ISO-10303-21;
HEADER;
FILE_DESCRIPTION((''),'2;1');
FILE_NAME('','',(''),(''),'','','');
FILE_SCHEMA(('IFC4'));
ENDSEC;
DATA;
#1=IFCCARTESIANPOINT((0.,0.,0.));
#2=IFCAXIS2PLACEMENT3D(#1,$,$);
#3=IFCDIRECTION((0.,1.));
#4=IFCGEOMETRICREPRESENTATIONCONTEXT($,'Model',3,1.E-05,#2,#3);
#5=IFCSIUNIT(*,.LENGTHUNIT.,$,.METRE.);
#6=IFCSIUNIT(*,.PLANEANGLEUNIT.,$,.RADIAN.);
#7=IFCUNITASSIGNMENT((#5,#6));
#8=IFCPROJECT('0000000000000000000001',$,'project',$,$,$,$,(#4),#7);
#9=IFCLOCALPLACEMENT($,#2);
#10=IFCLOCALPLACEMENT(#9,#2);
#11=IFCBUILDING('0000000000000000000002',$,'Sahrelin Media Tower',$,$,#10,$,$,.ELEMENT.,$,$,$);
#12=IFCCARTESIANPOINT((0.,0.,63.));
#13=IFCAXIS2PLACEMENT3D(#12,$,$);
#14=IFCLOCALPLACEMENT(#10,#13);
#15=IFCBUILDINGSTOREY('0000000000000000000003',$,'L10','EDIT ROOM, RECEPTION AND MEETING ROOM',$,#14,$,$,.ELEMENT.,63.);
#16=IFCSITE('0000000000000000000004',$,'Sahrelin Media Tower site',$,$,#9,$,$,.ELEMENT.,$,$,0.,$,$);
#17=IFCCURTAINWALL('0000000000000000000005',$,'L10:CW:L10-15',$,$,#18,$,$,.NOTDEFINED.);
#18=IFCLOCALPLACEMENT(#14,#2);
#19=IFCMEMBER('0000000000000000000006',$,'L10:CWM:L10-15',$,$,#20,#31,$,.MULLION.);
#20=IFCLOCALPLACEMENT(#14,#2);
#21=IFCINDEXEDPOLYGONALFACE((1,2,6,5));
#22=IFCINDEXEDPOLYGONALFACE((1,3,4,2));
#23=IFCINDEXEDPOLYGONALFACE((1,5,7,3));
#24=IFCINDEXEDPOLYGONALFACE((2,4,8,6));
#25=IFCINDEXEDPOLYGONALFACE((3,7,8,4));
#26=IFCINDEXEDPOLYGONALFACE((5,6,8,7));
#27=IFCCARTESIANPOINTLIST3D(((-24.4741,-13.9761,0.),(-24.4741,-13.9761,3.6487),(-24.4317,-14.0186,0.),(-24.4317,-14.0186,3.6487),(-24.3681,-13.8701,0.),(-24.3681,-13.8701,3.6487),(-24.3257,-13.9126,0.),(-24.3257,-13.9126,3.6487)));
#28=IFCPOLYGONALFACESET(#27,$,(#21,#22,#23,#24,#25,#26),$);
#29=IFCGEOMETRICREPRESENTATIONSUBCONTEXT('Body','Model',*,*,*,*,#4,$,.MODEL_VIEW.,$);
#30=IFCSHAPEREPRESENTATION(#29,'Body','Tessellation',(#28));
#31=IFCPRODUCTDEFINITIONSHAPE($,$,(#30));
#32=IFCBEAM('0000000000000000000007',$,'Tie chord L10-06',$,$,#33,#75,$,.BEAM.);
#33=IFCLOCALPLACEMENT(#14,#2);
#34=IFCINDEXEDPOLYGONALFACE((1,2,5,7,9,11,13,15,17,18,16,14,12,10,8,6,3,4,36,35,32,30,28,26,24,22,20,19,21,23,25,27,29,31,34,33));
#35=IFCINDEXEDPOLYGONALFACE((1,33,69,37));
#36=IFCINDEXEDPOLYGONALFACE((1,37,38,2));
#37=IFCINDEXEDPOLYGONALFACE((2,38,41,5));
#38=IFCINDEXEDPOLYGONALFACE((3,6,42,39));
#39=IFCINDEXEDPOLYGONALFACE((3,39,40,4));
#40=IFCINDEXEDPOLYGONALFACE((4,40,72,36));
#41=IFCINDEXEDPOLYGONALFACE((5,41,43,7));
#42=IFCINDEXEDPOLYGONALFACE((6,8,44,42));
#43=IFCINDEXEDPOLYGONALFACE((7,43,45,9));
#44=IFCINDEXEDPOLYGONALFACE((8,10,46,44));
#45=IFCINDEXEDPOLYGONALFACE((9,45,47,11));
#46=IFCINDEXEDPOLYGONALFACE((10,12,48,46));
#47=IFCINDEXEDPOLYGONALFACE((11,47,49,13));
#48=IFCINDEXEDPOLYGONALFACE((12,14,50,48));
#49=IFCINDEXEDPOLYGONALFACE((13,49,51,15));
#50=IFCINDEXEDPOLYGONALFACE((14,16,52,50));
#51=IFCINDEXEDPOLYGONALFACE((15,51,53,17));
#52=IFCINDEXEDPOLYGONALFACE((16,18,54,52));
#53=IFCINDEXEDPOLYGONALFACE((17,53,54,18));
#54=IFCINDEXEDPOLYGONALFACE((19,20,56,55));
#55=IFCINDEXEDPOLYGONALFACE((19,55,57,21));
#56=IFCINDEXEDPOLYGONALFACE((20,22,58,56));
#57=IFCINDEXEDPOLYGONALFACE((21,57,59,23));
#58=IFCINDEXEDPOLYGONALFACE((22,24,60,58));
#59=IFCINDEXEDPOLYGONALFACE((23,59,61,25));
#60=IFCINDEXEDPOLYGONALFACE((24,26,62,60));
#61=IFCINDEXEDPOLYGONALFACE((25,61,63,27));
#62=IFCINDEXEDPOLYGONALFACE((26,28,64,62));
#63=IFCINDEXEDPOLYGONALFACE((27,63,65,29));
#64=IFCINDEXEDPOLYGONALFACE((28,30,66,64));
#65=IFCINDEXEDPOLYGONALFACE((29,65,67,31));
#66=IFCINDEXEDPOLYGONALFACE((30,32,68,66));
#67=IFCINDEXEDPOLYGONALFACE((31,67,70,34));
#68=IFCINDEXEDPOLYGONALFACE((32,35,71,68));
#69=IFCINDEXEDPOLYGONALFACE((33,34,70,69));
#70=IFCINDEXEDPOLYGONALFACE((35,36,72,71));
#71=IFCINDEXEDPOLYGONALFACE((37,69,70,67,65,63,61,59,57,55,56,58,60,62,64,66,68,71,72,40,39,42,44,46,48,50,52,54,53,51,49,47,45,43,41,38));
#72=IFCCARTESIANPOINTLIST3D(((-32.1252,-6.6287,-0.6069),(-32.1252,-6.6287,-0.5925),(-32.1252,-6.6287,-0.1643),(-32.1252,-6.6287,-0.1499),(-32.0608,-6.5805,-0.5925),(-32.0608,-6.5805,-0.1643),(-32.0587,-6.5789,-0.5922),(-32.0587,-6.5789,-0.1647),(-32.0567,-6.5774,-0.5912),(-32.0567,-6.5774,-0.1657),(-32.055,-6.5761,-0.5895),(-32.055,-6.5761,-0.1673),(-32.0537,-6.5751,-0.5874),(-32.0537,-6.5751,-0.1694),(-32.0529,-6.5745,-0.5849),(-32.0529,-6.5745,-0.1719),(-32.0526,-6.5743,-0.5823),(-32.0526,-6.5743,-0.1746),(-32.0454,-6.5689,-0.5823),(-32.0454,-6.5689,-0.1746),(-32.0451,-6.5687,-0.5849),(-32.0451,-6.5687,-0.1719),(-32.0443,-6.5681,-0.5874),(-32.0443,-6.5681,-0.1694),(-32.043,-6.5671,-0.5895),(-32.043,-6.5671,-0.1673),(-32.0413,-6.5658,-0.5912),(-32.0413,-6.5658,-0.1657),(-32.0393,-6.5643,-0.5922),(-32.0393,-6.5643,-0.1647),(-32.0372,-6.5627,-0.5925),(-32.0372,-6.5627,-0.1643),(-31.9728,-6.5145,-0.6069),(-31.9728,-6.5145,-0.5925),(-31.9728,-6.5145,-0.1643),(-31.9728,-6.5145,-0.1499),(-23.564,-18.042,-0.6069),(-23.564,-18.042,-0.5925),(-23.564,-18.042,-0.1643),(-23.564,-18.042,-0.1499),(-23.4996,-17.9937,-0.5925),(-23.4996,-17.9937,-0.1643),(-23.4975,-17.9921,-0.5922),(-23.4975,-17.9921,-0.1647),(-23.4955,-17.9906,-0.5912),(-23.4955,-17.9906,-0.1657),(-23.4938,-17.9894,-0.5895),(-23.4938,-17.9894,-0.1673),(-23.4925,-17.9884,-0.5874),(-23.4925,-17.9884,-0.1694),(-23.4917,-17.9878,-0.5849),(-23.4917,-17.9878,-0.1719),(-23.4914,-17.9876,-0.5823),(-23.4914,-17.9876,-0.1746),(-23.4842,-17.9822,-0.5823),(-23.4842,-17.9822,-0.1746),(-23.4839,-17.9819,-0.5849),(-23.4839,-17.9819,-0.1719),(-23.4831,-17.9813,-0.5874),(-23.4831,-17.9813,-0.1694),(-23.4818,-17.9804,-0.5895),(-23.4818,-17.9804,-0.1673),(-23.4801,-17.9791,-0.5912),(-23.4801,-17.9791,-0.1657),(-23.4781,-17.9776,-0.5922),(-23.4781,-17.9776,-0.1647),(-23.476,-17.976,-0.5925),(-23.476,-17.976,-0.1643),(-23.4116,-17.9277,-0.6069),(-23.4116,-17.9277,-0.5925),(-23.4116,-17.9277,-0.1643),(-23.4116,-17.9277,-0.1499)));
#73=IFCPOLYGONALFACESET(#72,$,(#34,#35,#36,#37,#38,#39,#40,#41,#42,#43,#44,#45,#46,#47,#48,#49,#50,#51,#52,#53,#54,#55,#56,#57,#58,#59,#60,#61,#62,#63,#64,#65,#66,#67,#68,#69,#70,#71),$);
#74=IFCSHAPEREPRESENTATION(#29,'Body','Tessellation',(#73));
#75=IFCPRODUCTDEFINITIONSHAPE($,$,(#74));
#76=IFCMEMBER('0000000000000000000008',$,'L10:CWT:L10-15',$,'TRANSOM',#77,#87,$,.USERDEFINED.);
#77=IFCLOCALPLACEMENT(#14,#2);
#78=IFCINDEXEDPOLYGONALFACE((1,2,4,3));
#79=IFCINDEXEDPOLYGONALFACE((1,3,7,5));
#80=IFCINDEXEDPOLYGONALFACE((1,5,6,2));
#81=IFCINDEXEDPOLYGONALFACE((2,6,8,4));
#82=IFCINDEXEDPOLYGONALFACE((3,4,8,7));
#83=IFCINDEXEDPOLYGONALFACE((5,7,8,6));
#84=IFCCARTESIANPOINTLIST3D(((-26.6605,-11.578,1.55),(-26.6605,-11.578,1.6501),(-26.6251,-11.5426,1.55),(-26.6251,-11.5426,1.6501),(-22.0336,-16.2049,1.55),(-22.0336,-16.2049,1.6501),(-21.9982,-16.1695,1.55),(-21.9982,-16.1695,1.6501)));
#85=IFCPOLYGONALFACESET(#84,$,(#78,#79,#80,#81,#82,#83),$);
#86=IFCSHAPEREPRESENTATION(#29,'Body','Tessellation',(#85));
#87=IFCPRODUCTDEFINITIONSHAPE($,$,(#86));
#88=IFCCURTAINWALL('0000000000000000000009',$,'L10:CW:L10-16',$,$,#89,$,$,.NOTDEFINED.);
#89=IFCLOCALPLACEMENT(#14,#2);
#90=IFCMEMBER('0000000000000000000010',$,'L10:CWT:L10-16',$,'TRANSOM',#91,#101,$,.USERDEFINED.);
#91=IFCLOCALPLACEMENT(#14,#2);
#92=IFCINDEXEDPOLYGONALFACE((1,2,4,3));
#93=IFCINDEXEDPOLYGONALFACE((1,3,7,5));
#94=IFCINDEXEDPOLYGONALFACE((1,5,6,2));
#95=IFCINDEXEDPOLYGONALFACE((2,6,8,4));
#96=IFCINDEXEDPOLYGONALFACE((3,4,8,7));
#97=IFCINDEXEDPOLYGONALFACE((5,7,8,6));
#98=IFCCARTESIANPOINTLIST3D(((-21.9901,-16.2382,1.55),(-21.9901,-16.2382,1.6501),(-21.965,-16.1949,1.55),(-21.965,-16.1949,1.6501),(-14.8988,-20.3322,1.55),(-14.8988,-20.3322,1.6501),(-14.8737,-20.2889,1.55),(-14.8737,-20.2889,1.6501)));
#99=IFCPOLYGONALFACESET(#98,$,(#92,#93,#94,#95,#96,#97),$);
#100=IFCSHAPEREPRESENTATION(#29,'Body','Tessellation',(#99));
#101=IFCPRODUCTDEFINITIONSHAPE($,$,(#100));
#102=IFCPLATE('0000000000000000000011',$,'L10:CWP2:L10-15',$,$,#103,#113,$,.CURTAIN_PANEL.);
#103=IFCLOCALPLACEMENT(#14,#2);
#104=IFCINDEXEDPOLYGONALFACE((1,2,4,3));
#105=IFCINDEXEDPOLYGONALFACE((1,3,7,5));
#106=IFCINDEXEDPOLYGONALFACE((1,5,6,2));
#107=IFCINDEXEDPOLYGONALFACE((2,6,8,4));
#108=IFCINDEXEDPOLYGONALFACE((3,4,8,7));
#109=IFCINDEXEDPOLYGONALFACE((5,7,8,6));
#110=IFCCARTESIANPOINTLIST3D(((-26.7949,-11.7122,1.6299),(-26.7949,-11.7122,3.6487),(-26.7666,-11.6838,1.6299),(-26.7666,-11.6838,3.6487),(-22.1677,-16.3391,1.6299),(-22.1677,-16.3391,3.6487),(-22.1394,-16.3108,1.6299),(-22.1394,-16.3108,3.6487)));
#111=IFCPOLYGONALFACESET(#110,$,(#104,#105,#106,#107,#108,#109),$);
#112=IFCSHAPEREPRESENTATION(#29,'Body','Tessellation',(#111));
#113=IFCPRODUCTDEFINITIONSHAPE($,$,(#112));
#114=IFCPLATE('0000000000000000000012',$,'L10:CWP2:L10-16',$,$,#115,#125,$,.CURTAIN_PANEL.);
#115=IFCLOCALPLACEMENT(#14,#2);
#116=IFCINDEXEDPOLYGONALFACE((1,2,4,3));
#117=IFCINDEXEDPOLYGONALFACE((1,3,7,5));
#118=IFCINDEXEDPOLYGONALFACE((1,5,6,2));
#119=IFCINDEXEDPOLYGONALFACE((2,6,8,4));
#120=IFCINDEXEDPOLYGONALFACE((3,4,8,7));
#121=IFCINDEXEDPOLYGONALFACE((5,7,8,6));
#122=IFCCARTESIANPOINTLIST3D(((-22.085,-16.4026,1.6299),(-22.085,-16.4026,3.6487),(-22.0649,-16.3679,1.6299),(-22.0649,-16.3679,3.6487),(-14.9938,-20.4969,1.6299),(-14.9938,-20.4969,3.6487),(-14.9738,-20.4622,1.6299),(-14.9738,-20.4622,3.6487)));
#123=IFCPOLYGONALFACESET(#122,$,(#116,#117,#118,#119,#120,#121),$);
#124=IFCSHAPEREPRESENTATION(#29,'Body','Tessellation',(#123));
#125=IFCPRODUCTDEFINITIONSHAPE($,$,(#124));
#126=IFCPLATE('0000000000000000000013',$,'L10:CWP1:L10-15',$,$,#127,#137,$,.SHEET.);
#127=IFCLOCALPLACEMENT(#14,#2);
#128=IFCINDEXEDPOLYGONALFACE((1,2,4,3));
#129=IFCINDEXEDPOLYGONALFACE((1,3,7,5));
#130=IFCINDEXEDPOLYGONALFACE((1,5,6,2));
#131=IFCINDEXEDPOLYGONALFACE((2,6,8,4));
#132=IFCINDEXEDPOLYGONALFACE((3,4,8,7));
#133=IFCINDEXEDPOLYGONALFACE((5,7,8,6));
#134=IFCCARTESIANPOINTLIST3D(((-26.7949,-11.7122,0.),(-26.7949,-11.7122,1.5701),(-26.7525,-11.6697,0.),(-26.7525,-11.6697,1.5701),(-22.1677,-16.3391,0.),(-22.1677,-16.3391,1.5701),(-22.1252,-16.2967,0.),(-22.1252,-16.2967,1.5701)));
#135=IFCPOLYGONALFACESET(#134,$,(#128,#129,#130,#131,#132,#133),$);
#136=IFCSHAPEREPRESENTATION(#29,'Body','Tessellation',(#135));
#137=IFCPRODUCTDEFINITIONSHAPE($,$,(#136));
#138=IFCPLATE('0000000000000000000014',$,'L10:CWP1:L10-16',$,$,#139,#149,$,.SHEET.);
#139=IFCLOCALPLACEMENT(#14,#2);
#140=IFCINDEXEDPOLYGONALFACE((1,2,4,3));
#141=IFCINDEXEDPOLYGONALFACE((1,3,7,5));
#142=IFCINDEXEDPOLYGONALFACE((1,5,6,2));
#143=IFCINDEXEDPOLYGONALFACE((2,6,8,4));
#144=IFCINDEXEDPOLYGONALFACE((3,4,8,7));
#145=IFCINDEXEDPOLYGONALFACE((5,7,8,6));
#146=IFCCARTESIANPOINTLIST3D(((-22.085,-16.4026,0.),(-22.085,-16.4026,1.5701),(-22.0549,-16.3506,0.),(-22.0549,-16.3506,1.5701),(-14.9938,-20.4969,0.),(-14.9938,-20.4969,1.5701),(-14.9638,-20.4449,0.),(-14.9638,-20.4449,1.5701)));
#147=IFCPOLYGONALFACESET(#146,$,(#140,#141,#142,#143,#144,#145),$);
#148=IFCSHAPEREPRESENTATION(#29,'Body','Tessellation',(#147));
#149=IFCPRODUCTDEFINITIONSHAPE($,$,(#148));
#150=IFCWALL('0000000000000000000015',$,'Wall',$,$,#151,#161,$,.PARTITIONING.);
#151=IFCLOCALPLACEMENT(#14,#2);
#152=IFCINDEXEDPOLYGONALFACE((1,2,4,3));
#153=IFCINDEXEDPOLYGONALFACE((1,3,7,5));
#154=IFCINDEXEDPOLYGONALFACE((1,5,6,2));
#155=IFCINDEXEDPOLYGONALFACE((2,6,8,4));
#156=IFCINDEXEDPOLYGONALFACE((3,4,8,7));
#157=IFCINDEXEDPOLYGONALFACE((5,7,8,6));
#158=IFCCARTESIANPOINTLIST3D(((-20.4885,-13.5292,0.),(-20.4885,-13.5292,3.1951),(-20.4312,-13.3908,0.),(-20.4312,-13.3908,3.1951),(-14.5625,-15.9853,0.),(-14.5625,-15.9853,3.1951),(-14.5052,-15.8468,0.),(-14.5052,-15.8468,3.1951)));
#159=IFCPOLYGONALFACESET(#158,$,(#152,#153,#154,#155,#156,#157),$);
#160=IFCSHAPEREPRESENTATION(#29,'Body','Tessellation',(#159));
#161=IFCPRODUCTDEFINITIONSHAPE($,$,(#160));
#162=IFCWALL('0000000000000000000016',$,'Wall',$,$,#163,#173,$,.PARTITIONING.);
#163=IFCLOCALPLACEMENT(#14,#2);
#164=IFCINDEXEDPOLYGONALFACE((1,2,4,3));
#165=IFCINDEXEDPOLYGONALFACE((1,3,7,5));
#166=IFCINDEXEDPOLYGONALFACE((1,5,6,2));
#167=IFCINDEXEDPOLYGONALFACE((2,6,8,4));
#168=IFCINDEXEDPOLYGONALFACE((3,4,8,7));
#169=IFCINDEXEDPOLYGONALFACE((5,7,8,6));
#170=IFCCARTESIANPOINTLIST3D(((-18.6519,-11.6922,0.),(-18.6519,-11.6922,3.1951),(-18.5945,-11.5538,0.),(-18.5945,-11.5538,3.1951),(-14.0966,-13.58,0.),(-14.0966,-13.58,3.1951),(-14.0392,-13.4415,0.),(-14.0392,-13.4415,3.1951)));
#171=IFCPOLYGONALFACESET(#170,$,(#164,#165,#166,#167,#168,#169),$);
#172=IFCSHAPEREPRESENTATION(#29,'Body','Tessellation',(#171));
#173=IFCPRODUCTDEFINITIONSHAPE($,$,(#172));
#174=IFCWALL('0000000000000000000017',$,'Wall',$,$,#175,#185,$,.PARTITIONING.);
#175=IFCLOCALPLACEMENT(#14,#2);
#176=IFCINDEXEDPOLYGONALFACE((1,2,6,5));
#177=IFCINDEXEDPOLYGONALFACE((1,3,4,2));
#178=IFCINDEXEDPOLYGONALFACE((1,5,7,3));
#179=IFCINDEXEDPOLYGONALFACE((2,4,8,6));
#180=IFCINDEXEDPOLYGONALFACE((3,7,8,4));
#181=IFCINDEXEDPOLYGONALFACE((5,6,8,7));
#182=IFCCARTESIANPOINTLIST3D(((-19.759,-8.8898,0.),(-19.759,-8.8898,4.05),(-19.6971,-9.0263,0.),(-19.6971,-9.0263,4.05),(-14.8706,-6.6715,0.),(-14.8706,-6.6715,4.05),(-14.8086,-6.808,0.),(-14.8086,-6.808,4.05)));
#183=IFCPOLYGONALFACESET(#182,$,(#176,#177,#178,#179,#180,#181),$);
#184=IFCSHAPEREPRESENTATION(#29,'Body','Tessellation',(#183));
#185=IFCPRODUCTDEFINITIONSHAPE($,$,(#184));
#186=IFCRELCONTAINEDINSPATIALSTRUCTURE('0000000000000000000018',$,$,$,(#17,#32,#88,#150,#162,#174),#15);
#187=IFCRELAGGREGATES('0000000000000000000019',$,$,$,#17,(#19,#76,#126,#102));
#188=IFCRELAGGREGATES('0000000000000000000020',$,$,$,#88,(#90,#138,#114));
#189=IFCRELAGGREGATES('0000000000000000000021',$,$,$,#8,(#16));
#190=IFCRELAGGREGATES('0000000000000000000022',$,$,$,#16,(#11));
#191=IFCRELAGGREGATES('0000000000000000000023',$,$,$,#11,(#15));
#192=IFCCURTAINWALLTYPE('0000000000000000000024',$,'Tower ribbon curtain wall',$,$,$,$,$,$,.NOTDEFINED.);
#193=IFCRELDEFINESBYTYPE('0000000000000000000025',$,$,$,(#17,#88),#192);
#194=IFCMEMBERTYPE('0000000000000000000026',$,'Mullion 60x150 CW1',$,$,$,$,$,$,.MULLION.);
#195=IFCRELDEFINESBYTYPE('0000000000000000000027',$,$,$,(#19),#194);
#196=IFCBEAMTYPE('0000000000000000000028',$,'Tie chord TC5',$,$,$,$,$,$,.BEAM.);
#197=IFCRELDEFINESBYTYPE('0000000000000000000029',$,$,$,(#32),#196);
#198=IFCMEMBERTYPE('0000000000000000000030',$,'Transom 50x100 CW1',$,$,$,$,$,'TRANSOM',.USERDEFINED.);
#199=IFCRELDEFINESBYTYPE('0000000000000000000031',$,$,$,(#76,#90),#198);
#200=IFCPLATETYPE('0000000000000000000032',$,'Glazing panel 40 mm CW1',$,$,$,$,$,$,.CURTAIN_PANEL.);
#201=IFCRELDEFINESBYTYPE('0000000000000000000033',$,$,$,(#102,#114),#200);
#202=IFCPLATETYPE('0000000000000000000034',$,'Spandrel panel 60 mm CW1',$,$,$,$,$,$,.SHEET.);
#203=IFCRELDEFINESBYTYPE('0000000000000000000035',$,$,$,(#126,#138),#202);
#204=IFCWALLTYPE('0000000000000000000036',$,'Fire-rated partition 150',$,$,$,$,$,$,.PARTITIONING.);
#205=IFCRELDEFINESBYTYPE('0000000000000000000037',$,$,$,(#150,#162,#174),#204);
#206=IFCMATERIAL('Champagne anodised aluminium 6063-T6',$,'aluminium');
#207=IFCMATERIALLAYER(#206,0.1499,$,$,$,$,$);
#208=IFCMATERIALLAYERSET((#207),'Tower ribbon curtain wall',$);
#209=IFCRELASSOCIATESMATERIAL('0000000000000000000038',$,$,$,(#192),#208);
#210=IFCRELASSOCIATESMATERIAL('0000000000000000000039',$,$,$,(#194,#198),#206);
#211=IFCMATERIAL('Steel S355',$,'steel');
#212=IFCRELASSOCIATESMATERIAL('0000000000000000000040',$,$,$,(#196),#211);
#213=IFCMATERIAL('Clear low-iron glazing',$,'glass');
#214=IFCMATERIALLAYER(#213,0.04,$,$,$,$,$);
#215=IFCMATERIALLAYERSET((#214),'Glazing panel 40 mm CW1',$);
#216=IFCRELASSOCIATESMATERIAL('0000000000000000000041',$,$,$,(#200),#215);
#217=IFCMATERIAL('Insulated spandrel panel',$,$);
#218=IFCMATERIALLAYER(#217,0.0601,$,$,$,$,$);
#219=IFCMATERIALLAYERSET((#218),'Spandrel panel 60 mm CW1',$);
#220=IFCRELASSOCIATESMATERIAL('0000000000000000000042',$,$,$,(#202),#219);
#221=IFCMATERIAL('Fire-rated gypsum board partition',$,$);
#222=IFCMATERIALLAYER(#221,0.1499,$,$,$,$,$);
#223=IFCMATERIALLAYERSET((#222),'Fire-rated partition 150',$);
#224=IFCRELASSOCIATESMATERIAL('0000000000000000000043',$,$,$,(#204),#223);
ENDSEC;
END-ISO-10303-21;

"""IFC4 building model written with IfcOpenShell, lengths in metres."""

from ifc_helpers import new_model, si_unit, direction, frame, frame_2d, origin, origin_2d, place, context, subcontext, project, spatial, polyline, rectangle, i_section, outline, extrude, material, layer, layer_set, material_profile, profile_set, type_object, element, aggregate, save


model = new_model("IFC4")

# Units and contexts
model_context = context("Model", 3, precision=1e-05, world=origin(), true_north=direction((0.0, 1.0)))
body_context = subcontext(model_context, "Body", "Model", "MODEL_VIEW")
ifc_project = project(units=[si_unit("LENGTHUNIT", "METRE"), si_unit("PLANEANGLEUNIT", "RADIAN")], contexts=[model_context])

# Site, building, storey
site_placement = place(None, origin())
site = spatial("IfcSite", under=ifc_project, at=site_placement, Name="Sahrelin Media Tower site", CompositionType="ELEMENT", RefElevation=0.0)
building_placement = place(site_placement, origin())
building = spatial("IfcBuilding", under=site, at=building_placement, Name="Sahrelin Media Tower", CompositionType="ELEMENT")
storey_placement = place(building_placement, frame((0.0, 0.0, 63.0)))
storey = spatial("IfcBuildingStorey", under=building, at=storey_placement, Name="L10", Description="EDIT ROOM, RECEPTION AND MEETING ROOM", CompositionType="ELEMENT", Elevation=63.0)

# Shared definitions
ifc_material_1 = material(Name="Steel S355", Category="steel")

# Curtain wall, member
ifc_material_2 = material(Name="Champagne anodised aluminium 6063-T6", Category="aluminium")
ifc_layer_1 = layer(ifc_material_2, 0.1499)
ifc_layer_set_1 = layer_set([ifc_layer_1], Name="Tower ribbon curtain wall")
curtain_wall_type = type_object("IfcCurtainWallType", Name="Tower ribbon curtain wall", PredefinedType="NOTDEFINED", material=ifc_layer_set_1)
ifc_material_profile_1 = material_profile(ifc_material_2, rectangle(XDim=0.0601, YDim=0.1499, at=origin_2d()), Name="Mullion 60x150")
ifc_profile_set_1 = profile_set([ifc_material_profile_1], Name="Champagne anodised aluminium 6063-T6")
member_type_1 = type_object("IfcMemberType", Name="Mullion 60x150 CW1", PredefinedType="MULLION", material=ifc_profile_set_1)
curtain_wall_1_placement = place(storey_placement, frame((-24.4673, -14.0115, 0.0), z_axis=(0.0, 0.0, 1.0), x_axis=(1.0, 0.0, 0.0)))
curtain_wall_1 = element("IfcCurtainWall", 1, at=curtain_wall_1_placement, inside=storey, type_object=curtain_wall_type, Name="L10:CW:L10-15", PredefinedType="NOTDEFINED")
member_1_placement = place(storey_placement, frame((-24.3999, -13.9443, 0.0), z_axis=(0.0, 0.0, 1.0), x_axis=(0.707107, -0.707107, 0.0)))
member_1 = element("IfcMember", 2, at=member_1_placement, type_object=member_type_1, Name="L10:CWM:L10-15", PredefinedType="MULLION", context=body_context, shape_type="SweptSolid", body=[
    extrude(rectangle(XDim=0.0601, YDim=0.1499, at=origin_2d()), origin(), (0.0, 0.0, 1.0), 3.6487),
])

# Beam
ifc_material_profile_2 = material_profile(ifc_material_1, i_section(OverallWidth=0.1904, OverallDepth=0.457, WebThickness=0.009, FlangeThickness=0.0144, FilletRadius=0.0103, at=origin_2d()), Name="UB 457x191x74")
ifc_profile_set_2 = profile_set([ifc_material_profile_2], Name="Steel S355")
beam_type_1 = type_object("IfcBeamType", Name="Tie chord TC5", PredefinedType="BEAM", material=ifc_profile_set_2)
beam_1_placement = place(storey_placement, frame((-23.4878, -17.9849, -0.3784), z_axis=(-0.600057, 0.799957, 0.0), x_axis=(-0.799957, -0.600057, 0.0)))
element("IfcBeam", 3, at=beam_1_placement, inside=storey, type_object=beam_type_1, Name="Tie chord L10-06", PredefinedType="BEAM", context=body_context, shape_type="SweptSolid", body=[
    extrude(i_section(OverallWidth=0.1904, OverallDepth=0.457, WebThickness=0.009, FlangeThickness=0.0144, FilletRadius=0.0103, at=origin_2d()), origin(), (0.0, 0.0, 1.0), 14.2673),
])

# Member
ifc_material_profile_3 = material_profile(ifc_material_2, rectangle(XDim=0.05, YDim=0.1001, at=origin_2d()), Name="Transom 50x100")
ifc_profile_set_3 = profile_set([ifc_material_profile_3], Name="Champagne anodised aluminium 6063-T6")
member_type_2 = type_object("IfcMemberType", Name="Transom 50x100 CW1", ElementType="TRANSOM", PredefinedType="USERDEFINED", material=ifc_profile_set_3)
member_2_placement = place(storey_placement, frame((-26.6428, -11.5603, 1.6001), z_axis=(0.707107, -0.707107, 0.0), x_axis=(0.707107, 0.707107, 0.0)))
member_2 = element("IfcMember", 4, at=member_2_placement, type_object=member_type_2, Name="L10:CWT:L10-15", ObjectType="TRANSOM", PredefinedType="USERDEFINED", context=body_context, shape_type="SweptSolid", body=[
    extrude(rectangle(XDim=0.05, YDim=0.1001, at=origin_2d()), origin(), (0.0, 0.0, 1.0), 6.5435),
])

# Curtain wall, member
curtain_wall_2_placement = place(storey_placement, frame((-18.5293, -18.4324, 0.0), z_axis=(0.0, 0.0, 1.0), x_axis=(1.0, 0.0, 0.0)))
curtain_wall_2 = element("IfcCurtainWall", 5, at=curtain_wall_2_placement, inside=storey, type_object=curtain_wall_type, Name="L10:CW:L10-16", PredefinedType="NOTDEFINED")
member_3_placement = place(storey_placement, frame((-21.9775, -16.2166, 1.6001), z_axis=(0.866035, -0.499984, 0.0), x_axis=(0.499984, 0.866035, 0.0)))
member_3 = element("IfcMember", 6, at=member_3_placement, type_object=member_type_2, Name="L10:CWT:L10-16", ObjectType="TRANSOM", PredefinedType="USERDEFINED", context=body_context, shape_type="SweptSolid", body=[
    extrude(rectangle(XDim=0.05, YDim=0.1001, at=origin_2d()), origin(), (0.0, 0.0, 1.0), 8.1882),
])

# Plates
ifc_material_3 = material(Name="Clear low-iron glazing", Category="glass")
ifc_layer_2 = layer(ifc_material_3, 0.04)
ifc_layer_set_2 = layer_set([ifc_layer_2], Name="Glazing panel 40 mm CW1")
plate_type_1 = type_object("IfcPlateType", Name="Glazing panel 40 mm CW1", PredefinedType="CURTAIN_PANEL", material=ifc_layer_set_2)
plate_1_placement = place(storey_placement, frame((-26.7949, -11.7122, 1.6299), z_axis=(-0.707088, -0.707125, 0.0), x_axis=(0.707125, -0.707088, 0.0)))
plate_1 = element("IfcPlate", 7, at=plate_1_placement, type_object=plate_type_1, Name="L10:CWP2:L10-15", PredefinedType="CURTAIN_PANEL", context=body_context, shape_type="SweptSolid", body=[
    extrude(outline(polyline([(0.0, 0.0), (6.5437, 0.0), (6.5437, 2.0188), (0.0, 2.0188), (0.0, 0.0)])), origin(), (0.0, 0.0, -1.0), 0.04),
])
plate_2_placement = place(storey_placement, frame((-22.085, -16.4026, 1.6299), z_axis=(-0.500019, -0.866014, 0.0), x_axis=(0.866014, -0.500019, 0.0)))
plate_2 = element("IfcPlate", 8, at=plate_2_placement, type_object=plate_type_1, Name="L10:CWP2:L10-16", PredefinedType="CURTAIN_PANEL", context=body_context, shape_type="SweptSolid", body=[
    extrude(outline(polyline([(0.0, 0.0), (8.1882, 0.0), (8.1882, 2.0188), (0.0, 2.0188), (0.0, 0.0)])), origin(), (0.0, 0.0, -1.0), 0.04),
])
ifc_material_4 = material(Name="Insulated spandrel panel")
ifc_layer_3 = layer(ifc_material_4, 0.0601)
ifc_layer_set_3 = layer_set([ifc_layer_3], Name="Spandrel panel 60 mm CW1")
plate_type_2 = type_object("IfcPlateType", Name="Spandrel panel 60 mm CW1", PredefinedType="SHEET", material=ifc_layer_set_3)
plate_3_placement = place(storey_placement, frame((-26.7949, -11.7122, 0.0), z_axis=(-0.707088, -0.707125, 0.0), x_axis=(0.707125, -0.707088, 0.0)))
plate_3 = element("IfcPlate", 9, at=plate_3_placement, type_object=plate_type_2, Name="L10:CWP1:L10-15", PredefinedType="SHEET", context=body_context, shape_type="SweptSolid", body=[
    extrude(outline(polyline([(0.0, 0.0), (6.5437, 0.0), (6.5437, 1.5701), (0.0, 1.5701), (0.0, 0.0)])), origin(), (0.0, 0.0, -1.0), 0.0601),
])
aggregate(curtain_wall_1, [member_1, member_2, plate_3, plate_1])
plate_4_placement = place(storey_placement, frame((-22.085, -16.4026, 0.0), z_axis=(-0.500019, -0.866014, 0.0), x_axis=(0.866014, -0.500019, 0.0)))
plate_4 = element("IfcPlate", 10, at=plate_4_placement, type_object=plate_type_2, Name="L10:CWP1:L10-16", PredefinedType="SHEET", context=body_context, shape_type="SweptSolid", body=[
    extrude(outline(polyline([(0.0, 0.0), (8.1882, 0.0), (8.1882, 1.5701), (0.0, 1.5701), (0.0, 0.0)])), origin(), (0.0, 0.0, -1.0), 0.0601),
])
aggregate(curtain_wall_2, [member_3, plate_4, plate_2])

# Walls
ifc_material_5 = material(Name="Fire-rated gypsum board partition")
ifc_layer_4 = layer(ifc_material_5, 0.1499)
ifc_layer_set_4 = layer_set([ifc_layer_4], Name="Fire-rated partition 150")
wall_type_1 = type_object("IfcWallType", Name="Fire-rated partition 150", PredefinedType="PARTITIONING", material=ifc_layer_set_4)
wall_1_placement = place(storey_placement, frame((-20.46, -13.46, 0.0), z_axis=(0.0, 0.0, 1.0), x_axis=(0.923802, -0.382872, 0.0)))
element("IfcWall", 11, at=wall_1_placement, inside=storey, type_object=wall_type_1, Name="Wall", PredefinedType="PARTITIONING", context=body_context, shape_type="SweptSolid", body=[
    extrude(rectangle(XDim=6.4148, YDim=0.1499, at=frame_2d((3.2075, 0.0))), origin(), (0.0, 0.0, 1.0), 3.1951),
])
wall_2_placement = place(storey_placement, frame((-18.623, -11.623, 0.0), z_axis=(0.0, 0.0, 1.0), x_axis=(0.923816, -0.382836, 0.0)))
element("IfcWall", 12, at=wall_2_placement, inside=storey, type_object=wall_type_1, Name="Wall", PredefinedType="PARTITIONING", context=body_context, shape_type="SweptSolid", body=[
    extrude(rectangle(XDim=4.9309, YDim=0.1499, at=frame_2d((2.4653, 0.0))), origin(), (0.0, 0.0, 1.0), 3.1951),
])
wall_3_placement = place(storey_placement, frame((-19.728, -8.958, 0.0), z_axis=(0.0, 0.0, 1.0), x_axis=(0.91063, 0.413224, 0.0)))
element("IfcWall", 13, at=wall_3_placement, inside=storey, type_object=wall_type_1, Name="Wall", PredefinedType="PARTITIONING", context=body_context, shape_type="SweptSolid", body=[
    extrude(rectangle(XDim=5.3682, YDim=0.1499, at=frame_2d((2.6841, 0.0))), origin(), (0.0, 0.0, 1.0), 4.05),
])

save(model, "model.ifc")
